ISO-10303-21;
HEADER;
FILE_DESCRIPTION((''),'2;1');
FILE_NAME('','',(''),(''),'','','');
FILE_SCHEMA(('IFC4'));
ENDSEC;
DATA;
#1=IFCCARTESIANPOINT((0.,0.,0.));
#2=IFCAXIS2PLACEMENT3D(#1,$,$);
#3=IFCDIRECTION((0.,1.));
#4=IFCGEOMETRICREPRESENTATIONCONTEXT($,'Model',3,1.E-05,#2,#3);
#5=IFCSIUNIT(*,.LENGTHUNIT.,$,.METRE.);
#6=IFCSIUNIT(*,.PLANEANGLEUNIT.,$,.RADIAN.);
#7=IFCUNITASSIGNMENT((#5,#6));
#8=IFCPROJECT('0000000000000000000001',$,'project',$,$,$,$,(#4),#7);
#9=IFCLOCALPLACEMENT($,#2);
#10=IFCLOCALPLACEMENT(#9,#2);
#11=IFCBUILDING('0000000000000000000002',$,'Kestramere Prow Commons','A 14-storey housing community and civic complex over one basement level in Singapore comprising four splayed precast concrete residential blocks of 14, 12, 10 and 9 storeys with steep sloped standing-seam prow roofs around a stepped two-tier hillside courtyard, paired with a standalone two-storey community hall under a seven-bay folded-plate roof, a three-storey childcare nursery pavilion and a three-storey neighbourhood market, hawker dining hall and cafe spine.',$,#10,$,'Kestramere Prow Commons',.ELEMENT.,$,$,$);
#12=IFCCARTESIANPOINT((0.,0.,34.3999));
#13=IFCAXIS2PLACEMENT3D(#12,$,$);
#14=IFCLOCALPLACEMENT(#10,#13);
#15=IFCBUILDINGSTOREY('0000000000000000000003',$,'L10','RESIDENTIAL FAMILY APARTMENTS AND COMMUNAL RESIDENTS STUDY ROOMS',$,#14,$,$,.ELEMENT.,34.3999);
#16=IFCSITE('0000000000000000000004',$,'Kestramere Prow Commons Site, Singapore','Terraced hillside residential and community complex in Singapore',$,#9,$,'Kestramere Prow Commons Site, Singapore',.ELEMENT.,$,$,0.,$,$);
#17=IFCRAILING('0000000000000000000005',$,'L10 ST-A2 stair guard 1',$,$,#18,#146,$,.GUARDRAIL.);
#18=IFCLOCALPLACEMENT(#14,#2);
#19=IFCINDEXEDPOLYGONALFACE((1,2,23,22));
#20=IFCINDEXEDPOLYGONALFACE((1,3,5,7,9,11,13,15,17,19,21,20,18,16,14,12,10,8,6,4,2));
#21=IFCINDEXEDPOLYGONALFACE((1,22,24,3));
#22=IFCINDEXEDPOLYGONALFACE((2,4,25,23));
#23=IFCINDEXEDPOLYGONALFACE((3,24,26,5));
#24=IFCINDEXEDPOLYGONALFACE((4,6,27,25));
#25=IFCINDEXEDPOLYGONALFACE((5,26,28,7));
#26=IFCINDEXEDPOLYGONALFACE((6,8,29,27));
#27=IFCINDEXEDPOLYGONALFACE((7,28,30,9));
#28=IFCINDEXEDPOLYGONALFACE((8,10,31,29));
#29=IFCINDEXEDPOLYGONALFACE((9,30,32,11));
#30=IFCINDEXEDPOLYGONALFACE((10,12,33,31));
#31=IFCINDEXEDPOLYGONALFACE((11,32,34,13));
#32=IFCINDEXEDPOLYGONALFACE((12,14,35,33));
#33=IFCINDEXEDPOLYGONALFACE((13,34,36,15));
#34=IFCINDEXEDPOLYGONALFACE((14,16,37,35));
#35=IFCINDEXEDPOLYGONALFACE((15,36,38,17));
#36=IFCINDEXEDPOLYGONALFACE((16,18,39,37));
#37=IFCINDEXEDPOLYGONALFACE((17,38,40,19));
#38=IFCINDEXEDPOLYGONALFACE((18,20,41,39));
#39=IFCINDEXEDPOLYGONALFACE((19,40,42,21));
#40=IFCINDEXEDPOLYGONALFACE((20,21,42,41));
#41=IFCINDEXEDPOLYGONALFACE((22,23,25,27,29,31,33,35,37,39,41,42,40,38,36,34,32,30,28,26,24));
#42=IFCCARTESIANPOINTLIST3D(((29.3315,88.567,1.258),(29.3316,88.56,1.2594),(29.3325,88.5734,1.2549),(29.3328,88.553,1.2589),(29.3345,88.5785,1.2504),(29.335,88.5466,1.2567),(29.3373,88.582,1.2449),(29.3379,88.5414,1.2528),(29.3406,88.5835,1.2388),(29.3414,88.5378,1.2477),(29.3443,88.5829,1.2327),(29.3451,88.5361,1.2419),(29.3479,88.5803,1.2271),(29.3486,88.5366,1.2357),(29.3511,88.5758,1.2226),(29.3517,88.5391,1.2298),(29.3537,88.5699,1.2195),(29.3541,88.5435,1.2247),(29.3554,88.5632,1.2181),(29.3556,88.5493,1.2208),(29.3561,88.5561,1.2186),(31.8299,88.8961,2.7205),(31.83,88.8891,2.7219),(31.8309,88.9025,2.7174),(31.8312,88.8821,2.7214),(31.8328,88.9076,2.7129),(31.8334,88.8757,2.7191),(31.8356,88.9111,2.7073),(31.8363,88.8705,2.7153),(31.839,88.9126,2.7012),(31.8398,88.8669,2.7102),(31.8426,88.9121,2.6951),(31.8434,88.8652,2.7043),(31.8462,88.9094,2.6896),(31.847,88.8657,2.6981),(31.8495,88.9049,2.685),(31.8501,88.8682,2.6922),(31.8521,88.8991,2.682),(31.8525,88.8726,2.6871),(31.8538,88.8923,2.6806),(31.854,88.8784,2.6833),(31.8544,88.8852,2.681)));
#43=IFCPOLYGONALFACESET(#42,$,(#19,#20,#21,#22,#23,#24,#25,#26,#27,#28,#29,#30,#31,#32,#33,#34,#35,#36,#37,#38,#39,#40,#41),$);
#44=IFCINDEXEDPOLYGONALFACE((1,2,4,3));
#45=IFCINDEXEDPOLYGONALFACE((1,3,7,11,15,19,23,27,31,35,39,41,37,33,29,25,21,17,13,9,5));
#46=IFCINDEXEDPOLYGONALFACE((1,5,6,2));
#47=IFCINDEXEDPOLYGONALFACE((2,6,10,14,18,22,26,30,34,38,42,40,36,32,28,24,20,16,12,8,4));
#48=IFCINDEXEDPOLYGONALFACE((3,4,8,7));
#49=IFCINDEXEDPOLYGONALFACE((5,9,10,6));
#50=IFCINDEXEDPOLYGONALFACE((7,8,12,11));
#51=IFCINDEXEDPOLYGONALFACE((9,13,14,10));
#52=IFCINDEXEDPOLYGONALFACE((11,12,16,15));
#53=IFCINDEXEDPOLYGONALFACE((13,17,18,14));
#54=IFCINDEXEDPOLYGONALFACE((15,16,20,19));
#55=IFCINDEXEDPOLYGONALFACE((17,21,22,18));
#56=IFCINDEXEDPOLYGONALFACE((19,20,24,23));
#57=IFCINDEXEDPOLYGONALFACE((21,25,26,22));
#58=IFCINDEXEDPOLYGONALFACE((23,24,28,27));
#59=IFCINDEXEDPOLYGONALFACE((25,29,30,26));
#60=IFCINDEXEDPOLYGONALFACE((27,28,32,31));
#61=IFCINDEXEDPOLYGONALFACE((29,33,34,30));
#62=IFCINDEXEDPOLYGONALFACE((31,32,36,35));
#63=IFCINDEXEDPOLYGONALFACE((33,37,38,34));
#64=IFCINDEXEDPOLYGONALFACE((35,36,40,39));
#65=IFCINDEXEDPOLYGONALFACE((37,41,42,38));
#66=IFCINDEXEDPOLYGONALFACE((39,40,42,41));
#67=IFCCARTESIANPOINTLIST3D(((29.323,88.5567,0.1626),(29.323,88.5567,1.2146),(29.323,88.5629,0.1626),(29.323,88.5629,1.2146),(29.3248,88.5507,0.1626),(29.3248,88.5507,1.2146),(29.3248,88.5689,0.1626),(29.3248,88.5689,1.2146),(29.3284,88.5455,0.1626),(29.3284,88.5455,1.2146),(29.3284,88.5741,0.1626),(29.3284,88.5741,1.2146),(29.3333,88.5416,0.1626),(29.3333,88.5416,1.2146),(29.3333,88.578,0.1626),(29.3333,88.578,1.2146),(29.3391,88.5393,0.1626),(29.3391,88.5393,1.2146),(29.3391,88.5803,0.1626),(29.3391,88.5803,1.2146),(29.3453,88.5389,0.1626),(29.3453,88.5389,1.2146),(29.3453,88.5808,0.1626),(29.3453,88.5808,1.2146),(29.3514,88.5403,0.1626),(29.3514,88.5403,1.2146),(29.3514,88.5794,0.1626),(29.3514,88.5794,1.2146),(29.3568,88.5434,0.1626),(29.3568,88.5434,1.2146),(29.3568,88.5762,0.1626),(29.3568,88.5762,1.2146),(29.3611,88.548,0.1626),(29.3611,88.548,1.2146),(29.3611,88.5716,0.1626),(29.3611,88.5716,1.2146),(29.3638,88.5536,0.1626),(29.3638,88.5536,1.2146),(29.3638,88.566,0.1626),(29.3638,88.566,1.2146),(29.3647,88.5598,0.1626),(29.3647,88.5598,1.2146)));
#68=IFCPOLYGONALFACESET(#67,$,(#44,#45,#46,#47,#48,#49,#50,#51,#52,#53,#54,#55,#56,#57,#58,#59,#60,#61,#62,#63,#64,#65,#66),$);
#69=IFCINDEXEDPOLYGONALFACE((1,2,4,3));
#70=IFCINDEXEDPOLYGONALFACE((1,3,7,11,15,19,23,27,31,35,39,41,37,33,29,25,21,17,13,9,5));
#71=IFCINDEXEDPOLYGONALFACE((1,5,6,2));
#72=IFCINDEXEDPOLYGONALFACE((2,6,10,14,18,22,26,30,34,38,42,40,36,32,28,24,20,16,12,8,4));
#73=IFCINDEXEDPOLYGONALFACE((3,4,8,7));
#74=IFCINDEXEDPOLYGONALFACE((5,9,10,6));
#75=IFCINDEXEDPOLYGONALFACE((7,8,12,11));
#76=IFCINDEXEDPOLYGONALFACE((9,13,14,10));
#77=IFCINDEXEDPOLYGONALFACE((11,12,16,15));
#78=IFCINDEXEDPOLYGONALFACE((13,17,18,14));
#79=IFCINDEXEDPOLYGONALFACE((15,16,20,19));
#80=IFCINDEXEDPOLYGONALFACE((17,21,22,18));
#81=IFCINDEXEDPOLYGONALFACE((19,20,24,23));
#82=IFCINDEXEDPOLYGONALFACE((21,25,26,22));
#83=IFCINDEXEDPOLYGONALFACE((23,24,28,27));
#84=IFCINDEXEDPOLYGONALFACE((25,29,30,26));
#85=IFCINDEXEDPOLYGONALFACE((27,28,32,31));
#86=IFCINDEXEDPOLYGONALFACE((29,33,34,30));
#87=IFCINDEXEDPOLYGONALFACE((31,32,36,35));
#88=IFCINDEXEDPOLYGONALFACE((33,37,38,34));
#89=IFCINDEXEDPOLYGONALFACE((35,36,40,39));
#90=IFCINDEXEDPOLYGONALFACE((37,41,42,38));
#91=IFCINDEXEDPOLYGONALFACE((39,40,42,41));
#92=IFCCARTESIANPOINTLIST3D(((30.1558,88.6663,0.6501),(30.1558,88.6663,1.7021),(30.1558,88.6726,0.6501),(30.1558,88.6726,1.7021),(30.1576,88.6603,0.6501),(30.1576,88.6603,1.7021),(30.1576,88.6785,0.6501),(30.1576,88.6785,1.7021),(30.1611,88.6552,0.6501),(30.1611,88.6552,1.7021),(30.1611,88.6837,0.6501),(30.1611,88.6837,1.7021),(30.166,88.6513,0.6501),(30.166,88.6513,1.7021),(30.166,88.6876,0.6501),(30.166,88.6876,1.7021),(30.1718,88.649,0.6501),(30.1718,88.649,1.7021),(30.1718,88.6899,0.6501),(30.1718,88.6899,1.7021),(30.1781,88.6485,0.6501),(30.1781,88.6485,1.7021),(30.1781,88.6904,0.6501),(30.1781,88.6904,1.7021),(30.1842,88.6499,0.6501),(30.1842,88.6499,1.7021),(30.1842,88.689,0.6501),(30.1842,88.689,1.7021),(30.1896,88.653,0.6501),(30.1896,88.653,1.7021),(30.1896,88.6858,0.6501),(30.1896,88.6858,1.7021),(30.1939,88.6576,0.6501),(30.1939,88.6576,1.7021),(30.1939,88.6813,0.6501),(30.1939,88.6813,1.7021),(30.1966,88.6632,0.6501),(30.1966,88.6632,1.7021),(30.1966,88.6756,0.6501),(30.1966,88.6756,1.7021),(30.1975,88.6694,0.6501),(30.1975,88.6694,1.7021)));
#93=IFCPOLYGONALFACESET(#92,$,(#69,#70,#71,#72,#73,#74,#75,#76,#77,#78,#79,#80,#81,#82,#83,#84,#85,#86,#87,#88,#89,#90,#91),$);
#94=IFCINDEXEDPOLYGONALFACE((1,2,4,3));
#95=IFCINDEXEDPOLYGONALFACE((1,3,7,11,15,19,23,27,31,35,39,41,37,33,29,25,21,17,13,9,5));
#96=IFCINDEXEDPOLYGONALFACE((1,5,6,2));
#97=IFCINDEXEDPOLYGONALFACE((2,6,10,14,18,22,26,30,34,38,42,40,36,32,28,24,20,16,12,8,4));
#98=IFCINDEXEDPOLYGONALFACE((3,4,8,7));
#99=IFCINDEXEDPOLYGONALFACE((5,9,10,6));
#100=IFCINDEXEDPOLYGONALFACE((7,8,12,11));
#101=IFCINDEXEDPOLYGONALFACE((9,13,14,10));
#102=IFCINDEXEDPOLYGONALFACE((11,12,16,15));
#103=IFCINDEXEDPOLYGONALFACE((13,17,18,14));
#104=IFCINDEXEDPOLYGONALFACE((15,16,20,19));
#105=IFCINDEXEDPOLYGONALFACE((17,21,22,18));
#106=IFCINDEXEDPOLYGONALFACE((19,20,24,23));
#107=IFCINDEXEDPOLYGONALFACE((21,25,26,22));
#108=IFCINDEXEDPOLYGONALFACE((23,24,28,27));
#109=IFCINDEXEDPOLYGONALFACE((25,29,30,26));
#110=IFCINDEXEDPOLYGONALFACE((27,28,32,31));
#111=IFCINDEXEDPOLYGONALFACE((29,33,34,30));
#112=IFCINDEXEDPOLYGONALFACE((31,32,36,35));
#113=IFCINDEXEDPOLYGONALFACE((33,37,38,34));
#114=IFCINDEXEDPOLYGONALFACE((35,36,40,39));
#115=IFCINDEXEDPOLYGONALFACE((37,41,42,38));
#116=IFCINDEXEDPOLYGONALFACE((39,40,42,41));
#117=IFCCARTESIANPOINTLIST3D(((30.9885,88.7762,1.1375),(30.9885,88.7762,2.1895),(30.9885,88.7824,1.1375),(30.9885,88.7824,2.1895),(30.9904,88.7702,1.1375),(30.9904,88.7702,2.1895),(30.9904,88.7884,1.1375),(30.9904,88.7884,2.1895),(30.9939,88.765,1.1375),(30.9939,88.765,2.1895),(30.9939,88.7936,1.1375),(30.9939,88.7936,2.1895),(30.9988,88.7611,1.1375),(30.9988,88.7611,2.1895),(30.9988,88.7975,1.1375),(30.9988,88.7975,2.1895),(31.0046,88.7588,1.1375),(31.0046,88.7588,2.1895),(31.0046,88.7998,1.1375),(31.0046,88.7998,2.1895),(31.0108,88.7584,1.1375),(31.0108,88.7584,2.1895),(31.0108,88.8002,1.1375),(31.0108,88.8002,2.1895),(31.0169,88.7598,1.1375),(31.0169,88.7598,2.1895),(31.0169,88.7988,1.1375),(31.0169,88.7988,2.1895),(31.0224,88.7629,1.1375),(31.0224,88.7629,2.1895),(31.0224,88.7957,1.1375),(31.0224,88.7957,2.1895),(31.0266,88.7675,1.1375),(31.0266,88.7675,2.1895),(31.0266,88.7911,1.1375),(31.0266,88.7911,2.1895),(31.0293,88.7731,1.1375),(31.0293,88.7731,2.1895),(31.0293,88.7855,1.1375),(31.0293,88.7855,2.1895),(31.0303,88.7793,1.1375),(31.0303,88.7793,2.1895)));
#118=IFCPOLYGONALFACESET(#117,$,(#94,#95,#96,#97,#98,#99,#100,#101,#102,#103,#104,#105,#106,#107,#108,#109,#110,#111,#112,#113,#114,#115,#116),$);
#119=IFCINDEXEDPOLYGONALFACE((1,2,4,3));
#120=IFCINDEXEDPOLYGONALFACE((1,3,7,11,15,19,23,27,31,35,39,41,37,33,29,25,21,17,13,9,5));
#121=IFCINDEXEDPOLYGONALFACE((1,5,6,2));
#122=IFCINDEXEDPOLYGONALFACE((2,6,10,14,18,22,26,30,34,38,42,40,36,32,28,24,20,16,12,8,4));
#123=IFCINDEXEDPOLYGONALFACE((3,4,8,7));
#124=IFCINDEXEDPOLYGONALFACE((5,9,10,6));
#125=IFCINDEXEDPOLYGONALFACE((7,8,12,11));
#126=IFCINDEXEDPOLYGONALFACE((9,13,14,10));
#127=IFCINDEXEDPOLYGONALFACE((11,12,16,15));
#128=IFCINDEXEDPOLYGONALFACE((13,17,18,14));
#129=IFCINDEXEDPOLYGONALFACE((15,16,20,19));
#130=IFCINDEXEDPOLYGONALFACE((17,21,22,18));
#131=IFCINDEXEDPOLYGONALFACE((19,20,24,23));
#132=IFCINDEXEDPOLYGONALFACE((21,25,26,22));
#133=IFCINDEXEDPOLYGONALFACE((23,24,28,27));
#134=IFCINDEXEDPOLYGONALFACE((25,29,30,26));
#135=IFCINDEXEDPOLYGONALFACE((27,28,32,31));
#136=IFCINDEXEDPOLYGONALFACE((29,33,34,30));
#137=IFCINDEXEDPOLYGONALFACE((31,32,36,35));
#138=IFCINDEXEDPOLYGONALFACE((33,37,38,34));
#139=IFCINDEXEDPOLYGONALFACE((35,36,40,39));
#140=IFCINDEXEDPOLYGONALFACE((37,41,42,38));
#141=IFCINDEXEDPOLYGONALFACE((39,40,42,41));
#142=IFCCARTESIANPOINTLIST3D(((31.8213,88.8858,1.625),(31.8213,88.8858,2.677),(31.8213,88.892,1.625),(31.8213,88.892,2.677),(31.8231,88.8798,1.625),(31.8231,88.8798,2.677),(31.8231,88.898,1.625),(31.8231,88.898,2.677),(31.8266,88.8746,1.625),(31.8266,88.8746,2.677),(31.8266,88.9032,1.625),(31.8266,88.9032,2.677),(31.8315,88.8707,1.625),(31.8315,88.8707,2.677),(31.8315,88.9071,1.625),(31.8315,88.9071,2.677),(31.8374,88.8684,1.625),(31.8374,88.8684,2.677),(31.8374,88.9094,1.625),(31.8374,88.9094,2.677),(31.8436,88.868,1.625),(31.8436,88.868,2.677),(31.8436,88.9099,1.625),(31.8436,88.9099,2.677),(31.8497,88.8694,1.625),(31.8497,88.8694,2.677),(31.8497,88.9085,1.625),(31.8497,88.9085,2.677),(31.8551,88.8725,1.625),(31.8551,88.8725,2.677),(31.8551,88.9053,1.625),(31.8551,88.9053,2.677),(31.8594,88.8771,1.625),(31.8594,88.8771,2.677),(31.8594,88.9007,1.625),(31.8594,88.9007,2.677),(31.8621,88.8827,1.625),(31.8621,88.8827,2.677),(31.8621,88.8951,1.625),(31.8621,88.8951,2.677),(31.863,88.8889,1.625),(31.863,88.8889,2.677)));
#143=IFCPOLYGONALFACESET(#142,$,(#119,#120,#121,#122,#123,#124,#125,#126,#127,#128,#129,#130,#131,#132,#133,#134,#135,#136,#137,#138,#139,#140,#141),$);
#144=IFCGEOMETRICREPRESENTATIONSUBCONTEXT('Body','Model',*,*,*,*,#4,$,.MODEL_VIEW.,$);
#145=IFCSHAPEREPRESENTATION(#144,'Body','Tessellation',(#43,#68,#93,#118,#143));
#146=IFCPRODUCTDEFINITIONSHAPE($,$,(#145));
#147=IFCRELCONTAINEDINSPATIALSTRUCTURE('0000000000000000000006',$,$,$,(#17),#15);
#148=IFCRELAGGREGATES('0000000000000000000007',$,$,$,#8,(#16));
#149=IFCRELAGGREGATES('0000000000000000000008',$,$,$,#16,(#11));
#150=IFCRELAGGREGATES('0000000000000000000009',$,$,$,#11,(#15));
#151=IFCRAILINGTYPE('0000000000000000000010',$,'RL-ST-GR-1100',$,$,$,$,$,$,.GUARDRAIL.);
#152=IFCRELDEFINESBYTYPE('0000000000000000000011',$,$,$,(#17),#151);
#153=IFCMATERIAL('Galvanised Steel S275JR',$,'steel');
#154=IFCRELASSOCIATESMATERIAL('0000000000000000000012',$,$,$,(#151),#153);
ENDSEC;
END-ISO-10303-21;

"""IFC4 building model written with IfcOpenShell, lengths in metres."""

from ifc_helpers import new_model, si_unit, direction, frame, origin, origin_2d, place, context, subcontext, project, spatial, circle, extrude, material, type_object, element, save


model = new_model("IFC4")

# Units and contexts
model_context = context("Model", 3, precision=1e-05, world=origin(), true_north=direction((0.0, 1.0)))
body_context = subcontext(model_context, "Body", "Model", "MODEL_VIEW")
ifc_project = project(units=[si_unit("LENGTHUNIT", "METRE"), si_unit("PLANEANGLEUNIT", "RADIAN")], contexts=[model_context])

# Site, building, storey
site_placement = place(None, origin())
site = spatial("IfcSite", under=ifc_project, at=site_placement, Name="Kestramere Prow Commons Site, Singapore", Description="Terraced hillside residential and community complex in Singapore", LongName="Kestramere Prow Commons Site, Singapore", CompositionType="ELEMENT", RefElevation=0.0)
building_placement = place(site_placement, origin())
building = spatial("IfcBuilding", under=site, at=building_placement, Name="Kestramere Prow Commons", Description="A 14-storey housing community and civic complex over one basement level in Singapore comprising four splayed precast concrete residential blocks of 14, 12, 10 and 9 storeys with steep sloped standing-seam prow roofs around a stepped two-tier hillside courtyard, paired with a standalone two-storey community hall under a seven-bay folded-plate roof, a three-storey childcare nursery pavilion and a three-storey neighbourhood market, hawker dining hall and cafe spine.", LongName="Kestramere Prow Commons", CompositionType="ELEMENT")
storey_placement = place(building_placement, frame((0.0, 0.0, 34.3999)))
storey = spatial("IfcBuildingStorey", under=building, at=storey_placement, Name="L10", Description="RESIDENTIAL FAMILY APARTMENTS AND COMMUNAL RESIDENTS STUDY ROOMS", CompositionType="ELEMENT", Elevation=34.3999)

# Railing
ifc_material_1 = material(Name="Galvanised Steel S275JR", Category="steel")
railing_type_1 = type_object("IfcRailingType", Name="RL-ST-GR-1100", PredefinedType="GUARDRAIL", material=ifc_material_1)
railing_1_placement = place(storey_placement, frame((29.3438, 88.5598, 0.1626)))
element("IfcRailing", 1, at=railing_1_placement, inside=storey, type_object=railing_type_1, Name="L10 ST-A2 stair guard 1", PredefinedType="GUARDRAIL", context=body_context, shape_type="SweptSolid", body=[
    extrude(circle(Radius=0.0239, at=origin_2d()), frame((0.0, 0.0, 1.0762), z_axis=(0.857493, 0.112958, 0.501943), x_axis=(-0.130602, 0.991435, 0.0)), (0.0, 0.0, 1.0), 2.9136),
    extrude(circle(Radius=0.021, at=origin_2d()), origin(), (0.0, 0.0, 1.0), 1.052),
    extrude(circle(Radius=0.021, at=origin_2d()), frame((0.8328, 0.1096, 0.4875)), (0.0, 0.0, 1.0), 1.052),
    extrude(circle(Radius=0.021, at=origin_2d()), frame((1.6655, 0.2195, 0.9749)), (0.0, 0.0, 1.0), 1.052),
    extrude(circle(Radius=0.021, at=origin_2d()), frame((2.4983, 0.3291, 1.4624)), (0.0, 0.0, 1.0), 1.052),
])

save(model, "model.ifc")
